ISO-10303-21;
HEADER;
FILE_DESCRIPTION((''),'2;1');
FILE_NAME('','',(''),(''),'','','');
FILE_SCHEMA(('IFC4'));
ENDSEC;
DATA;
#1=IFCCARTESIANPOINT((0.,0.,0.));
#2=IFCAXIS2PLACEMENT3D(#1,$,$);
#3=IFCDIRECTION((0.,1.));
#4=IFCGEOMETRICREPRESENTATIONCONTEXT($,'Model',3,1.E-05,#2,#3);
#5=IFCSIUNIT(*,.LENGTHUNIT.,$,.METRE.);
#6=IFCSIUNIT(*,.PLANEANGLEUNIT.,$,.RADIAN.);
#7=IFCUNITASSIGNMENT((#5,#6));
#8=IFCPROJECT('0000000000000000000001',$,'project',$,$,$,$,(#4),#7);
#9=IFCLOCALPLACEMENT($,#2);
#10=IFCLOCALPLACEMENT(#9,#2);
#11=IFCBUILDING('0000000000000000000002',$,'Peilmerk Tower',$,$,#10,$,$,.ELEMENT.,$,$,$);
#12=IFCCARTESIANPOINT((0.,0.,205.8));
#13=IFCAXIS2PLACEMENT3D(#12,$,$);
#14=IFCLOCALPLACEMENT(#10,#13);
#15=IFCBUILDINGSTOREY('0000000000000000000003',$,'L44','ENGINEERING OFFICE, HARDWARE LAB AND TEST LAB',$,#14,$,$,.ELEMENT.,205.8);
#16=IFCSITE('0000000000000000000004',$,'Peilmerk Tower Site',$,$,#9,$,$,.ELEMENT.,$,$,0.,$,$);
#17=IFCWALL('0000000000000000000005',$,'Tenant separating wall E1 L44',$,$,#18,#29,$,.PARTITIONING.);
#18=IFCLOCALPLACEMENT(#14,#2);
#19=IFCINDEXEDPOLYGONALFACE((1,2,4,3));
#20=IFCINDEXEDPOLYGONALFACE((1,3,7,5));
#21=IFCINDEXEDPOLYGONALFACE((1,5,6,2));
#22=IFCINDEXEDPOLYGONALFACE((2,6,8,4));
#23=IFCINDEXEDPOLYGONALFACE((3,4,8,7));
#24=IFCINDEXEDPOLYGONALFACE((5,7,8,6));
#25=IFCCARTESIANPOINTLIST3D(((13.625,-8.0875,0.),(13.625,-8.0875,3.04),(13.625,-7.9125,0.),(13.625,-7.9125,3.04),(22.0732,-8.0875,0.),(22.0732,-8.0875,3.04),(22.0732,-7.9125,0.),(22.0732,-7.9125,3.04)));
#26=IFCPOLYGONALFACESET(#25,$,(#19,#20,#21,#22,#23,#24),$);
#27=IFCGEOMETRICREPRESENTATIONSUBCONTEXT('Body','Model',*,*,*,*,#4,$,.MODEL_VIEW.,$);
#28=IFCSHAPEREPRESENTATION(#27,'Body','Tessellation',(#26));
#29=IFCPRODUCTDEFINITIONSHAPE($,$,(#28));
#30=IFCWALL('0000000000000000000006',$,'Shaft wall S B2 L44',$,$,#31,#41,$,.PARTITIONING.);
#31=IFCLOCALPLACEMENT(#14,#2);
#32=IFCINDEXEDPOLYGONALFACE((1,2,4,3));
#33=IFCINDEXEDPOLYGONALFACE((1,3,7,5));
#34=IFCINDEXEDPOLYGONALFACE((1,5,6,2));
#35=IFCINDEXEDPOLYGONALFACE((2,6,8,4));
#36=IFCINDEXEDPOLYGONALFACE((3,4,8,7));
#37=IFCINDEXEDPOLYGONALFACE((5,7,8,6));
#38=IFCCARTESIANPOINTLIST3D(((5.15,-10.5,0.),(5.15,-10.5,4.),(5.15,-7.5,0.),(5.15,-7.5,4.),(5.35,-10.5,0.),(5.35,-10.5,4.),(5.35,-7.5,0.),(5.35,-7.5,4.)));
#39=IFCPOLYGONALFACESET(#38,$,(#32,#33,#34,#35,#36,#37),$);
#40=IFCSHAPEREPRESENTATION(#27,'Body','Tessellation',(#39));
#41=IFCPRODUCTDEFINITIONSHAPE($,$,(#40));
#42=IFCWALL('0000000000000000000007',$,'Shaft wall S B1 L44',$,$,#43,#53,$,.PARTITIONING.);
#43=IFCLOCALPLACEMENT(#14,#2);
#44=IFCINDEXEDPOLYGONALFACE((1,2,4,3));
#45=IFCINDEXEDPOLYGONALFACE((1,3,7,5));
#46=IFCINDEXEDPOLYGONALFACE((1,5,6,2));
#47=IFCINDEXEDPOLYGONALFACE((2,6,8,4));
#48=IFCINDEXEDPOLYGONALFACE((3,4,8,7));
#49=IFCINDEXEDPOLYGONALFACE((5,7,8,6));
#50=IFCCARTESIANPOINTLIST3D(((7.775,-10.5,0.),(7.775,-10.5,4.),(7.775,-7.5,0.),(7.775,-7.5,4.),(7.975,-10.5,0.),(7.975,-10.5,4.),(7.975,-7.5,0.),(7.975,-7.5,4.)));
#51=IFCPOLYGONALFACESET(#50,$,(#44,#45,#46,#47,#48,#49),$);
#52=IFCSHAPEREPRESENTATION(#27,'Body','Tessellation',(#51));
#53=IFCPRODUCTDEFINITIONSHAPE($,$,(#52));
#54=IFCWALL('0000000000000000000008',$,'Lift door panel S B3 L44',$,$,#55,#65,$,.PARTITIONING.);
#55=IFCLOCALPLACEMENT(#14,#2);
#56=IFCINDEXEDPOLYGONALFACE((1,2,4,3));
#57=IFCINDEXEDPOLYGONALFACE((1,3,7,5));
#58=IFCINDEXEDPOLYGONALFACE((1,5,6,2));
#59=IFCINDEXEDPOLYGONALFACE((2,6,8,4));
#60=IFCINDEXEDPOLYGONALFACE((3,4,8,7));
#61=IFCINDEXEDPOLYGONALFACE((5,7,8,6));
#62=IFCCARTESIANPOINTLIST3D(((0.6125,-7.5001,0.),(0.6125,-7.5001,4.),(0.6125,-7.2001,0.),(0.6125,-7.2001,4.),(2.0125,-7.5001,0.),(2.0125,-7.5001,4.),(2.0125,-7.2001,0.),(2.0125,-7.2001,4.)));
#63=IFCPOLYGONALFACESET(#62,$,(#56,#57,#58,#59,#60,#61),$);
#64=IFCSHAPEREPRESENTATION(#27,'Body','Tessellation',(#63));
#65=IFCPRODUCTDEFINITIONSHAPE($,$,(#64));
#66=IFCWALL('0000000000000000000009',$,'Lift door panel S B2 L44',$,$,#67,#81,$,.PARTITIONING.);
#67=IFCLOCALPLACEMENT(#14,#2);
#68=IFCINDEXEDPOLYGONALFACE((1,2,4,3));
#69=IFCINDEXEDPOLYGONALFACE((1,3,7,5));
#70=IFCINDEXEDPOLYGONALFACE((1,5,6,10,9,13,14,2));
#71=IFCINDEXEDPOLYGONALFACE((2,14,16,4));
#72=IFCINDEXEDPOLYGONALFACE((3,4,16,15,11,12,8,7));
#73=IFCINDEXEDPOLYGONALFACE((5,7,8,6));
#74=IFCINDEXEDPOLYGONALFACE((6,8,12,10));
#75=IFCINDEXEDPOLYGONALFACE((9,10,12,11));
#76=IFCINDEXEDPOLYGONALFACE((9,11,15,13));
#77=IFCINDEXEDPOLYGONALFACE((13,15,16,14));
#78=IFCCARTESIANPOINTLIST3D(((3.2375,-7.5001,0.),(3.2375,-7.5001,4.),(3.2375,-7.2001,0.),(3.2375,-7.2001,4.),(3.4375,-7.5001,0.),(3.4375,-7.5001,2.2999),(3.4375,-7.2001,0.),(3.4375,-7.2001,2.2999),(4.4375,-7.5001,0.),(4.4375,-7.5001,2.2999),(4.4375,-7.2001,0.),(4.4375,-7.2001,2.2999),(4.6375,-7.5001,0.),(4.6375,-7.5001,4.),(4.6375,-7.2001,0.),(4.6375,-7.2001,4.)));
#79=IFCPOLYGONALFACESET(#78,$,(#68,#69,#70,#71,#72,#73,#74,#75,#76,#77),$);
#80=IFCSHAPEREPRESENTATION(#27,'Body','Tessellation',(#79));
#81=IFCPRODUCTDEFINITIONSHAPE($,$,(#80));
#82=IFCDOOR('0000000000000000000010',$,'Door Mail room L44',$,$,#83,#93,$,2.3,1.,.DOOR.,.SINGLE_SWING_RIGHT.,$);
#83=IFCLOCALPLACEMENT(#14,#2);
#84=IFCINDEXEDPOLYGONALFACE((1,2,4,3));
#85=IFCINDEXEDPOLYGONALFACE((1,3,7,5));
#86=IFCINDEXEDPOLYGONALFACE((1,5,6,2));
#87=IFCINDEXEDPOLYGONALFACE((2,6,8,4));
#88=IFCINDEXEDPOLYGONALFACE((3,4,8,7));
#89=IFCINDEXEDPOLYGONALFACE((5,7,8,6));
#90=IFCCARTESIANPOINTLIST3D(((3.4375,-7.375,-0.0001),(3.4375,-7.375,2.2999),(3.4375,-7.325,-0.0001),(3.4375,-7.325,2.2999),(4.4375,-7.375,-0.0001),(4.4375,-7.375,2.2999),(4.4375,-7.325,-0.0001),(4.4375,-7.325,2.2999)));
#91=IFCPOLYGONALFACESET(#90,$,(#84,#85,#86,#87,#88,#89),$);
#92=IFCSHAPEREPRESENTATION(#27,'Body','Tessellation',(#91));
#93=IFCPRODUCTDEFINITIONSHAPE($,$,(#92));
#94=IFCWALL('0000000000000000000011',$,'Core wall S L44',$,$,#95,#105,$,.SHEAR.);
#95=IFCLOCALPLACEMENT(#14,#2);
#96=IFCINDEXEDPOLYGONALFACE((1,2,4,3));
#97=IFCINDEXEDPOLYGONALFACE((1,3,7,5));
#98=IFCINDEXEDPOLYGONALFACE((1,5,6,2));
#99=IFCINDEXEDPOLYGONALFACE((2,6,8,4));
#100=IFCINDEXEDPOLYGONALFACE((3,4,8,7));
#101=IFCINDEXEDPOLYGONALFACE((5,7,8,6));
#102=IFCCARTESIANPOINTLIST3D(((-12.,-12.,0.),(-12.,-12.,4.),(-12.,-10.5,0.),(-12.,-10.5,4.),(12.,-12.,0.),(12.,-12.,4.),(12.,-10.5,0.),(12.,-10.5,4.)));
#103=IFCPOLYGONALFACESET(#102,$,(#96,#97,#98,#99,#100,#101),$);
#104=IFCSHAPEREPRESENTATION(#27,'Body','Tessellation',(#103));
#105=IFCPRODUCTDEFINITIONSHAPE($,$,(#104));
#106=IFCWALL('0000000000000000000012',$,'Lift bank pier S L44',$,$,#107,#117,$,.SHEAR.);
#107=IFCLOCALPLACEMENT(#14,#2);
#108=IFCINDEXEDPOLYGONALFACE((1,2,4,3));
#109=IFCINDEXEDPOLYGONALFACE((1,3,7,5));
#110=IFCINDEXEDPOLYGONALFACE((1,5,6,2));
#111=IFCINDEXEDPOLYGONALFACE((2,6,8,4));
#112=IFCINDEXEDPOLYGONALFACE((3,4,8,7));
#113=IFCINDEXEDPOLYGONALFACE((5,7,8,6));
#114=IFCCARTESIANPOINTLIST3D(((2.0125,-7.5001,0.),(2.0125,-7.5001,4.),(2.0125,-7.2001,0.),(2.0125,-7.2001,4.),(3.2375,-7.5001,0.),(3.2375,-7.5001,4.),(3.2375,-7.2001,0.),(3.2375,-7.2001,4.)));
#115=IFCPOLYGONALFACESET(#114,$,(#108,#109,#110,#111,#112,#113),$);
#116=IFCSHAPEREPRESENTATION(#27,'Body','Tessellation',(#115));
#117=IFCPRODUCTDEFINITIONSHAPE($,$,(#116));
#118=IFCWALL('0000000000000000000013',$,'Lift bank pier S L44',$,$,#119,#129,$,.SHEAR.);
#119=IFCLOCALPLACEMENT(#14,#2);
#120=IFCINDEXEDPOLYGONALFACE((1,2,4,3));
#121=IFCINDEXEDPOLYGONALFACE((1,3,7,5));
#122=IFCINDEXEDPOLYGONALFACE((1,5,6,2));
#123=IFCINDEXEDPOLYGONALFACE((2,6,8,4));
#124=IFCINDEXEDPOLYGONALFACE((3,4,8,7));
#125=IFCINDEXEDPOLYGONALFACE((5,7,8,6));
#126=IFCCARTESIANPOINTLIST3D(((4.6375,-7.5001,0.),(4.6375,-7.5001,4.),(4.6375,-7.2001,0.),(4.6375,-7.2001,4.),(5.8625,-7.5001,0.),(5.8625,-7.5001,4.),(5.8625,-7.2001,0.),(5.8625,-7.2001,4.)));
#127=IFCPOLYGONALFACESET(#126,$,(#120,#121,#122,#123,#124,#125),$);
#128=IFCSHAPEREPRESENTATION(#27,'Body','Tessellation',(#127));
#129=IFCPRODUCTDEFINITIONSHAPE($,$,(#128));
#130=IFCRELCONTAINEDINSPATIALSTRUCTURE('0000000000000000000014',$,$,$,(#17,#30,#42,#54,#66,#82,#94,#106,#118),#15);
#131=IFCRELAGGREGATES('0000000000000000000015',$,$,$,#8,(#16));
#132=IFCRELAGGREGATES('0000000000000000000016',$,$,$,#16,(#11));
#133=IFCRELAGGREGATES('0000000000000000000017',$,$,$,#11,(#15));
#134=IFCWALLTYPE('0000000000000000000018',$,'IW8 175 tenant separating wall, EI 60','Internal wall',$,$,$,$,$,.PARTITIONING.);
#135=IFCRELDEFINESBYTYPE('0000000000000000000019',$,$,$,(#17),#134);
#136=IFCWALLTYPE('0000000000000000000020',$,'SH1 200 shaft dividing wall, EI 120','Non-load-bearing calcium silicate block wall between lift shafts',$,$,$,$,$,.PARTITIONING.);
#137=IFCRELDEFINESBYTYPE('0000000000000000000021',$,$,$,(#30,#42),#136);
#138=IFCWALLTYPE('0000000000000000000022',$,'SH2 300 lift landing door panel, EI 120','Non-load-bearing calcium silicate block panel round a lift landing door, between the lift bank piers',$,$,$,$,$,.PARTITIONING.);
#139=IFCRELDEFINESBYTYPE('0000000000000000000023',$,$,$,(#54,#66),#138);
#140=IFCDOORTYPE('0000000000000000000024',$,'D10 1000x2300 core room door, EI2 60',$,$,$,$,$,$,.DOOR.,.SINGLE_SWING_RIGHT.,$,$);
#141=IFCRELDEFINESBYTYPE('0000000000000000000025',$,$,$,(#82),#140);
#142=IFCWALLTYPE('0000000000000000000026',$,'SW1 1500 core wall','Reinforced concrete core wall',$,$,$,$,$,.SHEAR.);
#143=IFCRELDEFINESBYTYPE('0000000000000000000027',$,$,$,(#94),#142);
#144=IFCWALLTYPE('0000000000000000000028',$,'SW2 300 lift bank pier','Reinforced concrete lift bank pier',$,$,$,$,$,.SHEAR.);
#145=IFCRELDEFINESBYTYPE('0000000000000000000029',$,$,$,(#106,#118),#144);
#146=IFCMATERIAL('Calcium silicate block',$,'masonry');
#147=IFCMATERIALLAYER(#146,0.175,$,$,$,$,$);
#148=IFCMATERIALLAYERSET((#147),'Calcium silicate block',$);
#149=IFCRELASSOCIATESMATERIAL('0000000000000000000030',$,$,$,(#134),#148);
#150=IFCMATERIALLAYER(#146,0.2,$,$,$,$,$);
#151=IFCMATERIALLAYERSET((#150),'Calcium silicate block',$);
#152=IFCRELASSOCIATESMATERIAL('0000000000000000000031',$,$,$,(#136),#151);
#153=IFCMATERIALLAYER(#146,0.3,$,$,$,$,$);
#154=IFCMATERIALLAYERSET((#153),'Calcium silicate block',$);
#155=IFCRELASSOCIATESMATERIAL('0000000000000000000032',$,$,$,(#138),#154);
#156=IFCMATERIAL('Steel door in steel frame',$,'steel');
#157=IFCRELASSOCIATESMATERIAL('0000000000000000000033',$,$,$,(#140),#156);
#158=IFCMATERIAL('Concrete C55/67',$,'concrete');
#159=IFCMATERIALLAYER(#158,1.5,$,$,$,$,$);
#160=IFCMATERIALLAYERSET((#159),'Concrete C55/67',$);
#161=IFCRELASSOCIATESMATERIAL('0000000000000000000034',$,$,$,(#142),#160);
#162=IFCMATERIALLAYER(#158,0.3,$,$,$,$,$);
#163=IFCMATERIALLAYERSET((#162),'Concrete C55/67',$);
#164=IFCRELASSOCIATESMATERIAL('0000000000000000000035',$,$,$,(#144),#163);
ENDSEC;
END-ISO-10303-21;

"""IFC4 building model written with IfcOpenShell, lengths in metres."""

from ifc_helpers import new_model, si_unit, direction, frame, frame_2d, origin, place, context, subcontext, project, spatial, rectangle, extrude, material, layer, layer_set, type_object, element, fill, save


model = new_model("IFC4")

# Units and contexts
model_context = context("Model", 3, precision=1e-05, world=origin(), true_north=direction((0.0, 1.0)))
body_context = subcontext(model_context, "Body", "Model", "MODEL_VIEW")
ifc_project = project(units=[si_unit("LENGTHUNIT", "METRE"), si_unit("PLANEANGLEUNIT", "RADIAN")], contexts=[model_context])

# Site, building, storey
site_placement = place(None, origin())
site = spatial("IfcSite", under=ifc_project, at=site_placement, Name="Peilmerk Tower Site", CompositionType="ELEMENT", RefElevation=0.0)
building_placement = place(site_placement, origin())
building = spatial("IfcBuilding", under=site, at=building_placement, Name="Peilmerk Tower", CompositionType="ELEMENT")
storey_placement = place(building_placement, frame((0.0, 0.0, 205.8)))
storey = spatial("IfcBuildingStorey", under=building, at=storey_placement, Name="L44", Description="ENGINEERING OFFICE, HARDWARE LAB AND TEST LAB", CompositionType="ELEMENT", Elevation=205.8)

# Shared definitions
ifc_material_1 = material(Name="Calcium silicate block", Category="masonry")

# Walls
ifc_layer_1 = layer(ifc_material_1, 0.175)
ifc_layer_set_1 = layer_set([ifc_layer_1], Name="Calcium silicate block")
wall_type_1 = type_object("IfcWallType", Name="IW8 175 tenant separating wall, EI 60", Description="Internal wall", PredefinedType="PARTITIONING", material=ifc_layer_set_1)
wall_1_placement = place(storey_placement, frame((13.625, -8.0, 0.0), z_axis=(0.0, 0.0, 1.0), x_axis=(1.0, 0.0, 0.0)))
element("IfcWall", 1, at=wall_1_placement, inside=storey, type_object=wall_type_1, Name="Tenant separating wall E1 L44", PredefinedType="PARTITIONING", context=body_context, shape_type="SweptSolid", body=[
    extrude(rectangle(XDim=8.4482, YDim=0.175, at=frame_2d((4.2241, 0.0))), origin(), (0.0, 0.0, 1.0), 3.04),
])
ifc_layer_2 = layer(ifc_material_1, 0.2)
ifc_layer_set_2 = layer_set([ifc_layer_2], Name="Calcium silicate block")
wall_type_2 = type_object("IfcWallType", Name="SH1 200 shaft dividing wall, EI 120", Description="Non-load-bearing calcium silicate block wall between lift shafts", PredefinedType="PARTITIONING", material=ifc_layer_set_2)
for number, where, z_axis, x_axis, name in (
    (2, (5.25, -10.5, 0.0), (0.0, 0.0, 1.0), (0.0, 1.0, 0.0), "Shaft wall S B2 L44"),
    (3, (7.875, -10.5, 0.0), (0.0, 0.0, 1.0), (0.0, 1.0, 0.0), "Shaft wall S B1 L44"),
):
    element("IfcWall", number, at=place(storey_placement, frame(where, z_axis=z_axis, x_axis=x_axis)), inside=storey, type_object=wall_type_2, Name=name, PredefinedType="PARTITIONING", context=body_context, shape_type="SweptSolid", body=[
        extrude(rectangle(XDim=3.0, YDim=0.2, at=frame_2d((1.5, 0.0))), origin(), (0.0, 0.0, 1.0), 4.0),
    ])
ifc_layer_3 = layer(ifc_material_1, 0.3)
ifc_layer_set_3 = layer_set([ifc_layer_3], Name="Calcium silicate block")
wall_type_3 = type_object("IfcWallType", Name="SH2 300 lift landing door panel, EI 120", Description="Non-load-bearing calcium silicate block panel round a lift landing door, between the lift bank piers", PredefinedType="PARTITIONING", material=ifc_layer_set_3)
wall_2_placement = place(storey_placement, frame((0.6125, -7.3501, 0.0), z_axis=(0.0, 0.0, 1.0), x_axis=(1.0, 0.0, 0.0)))
element("IfcWall", 4, at=wall_2_placement, inside=storey, type_object=wall_type_3, Name="Lift door panel S B3 L44", PredefinedType="PARTITIONING", context=body_context, shape_type="SweptSolid", body=[
    extrude(rectangle(XDim=1.3999, YDim=0.3, at=frame_2d((0.7, 0.0))), origin(), (0.0, 0.0, 1.0), 4.0),
])

# Wall, opening, door
wall_3_placement = place(storey_placement, frame((3.2375, -7.3501, 0.0), z_axis=(0.0, 0.0, 1.0), x_axis=(1.0, 0.0, 0.0)))
wall_3 = element("IfcWall", 5, at=wall_3_placement, inside=storey, type_object=wall_type_3, Name="Lift door panel S B2 L44", PredefinedType="PARTITIONING", context=body_context, shape_type="SweptSolid", body=[
    extrude(rectangle(XDim=1.3999, YDim=0.3, at=frame_2d((0.7, 0.0))), origin(), (0.0, 0.0, 1.0), 4.0),
])
opening_1_placement = place(wall_3_placement, frame((0.2, 0.0, 0.0)))
opening_1 = element("IfcOpeningElement", 6, at=opening_1_placement, cuts=wall_3, PredefinedType="OPENING", context=body_context, shape_type="SweptSolid", body=[
    extrude(rectangle(XDim=1.0, YDim=2.3, at=frame_2d((0.5, 1.1499))), frame((0.0, 0.1599, 0.0), z_axis=(0.0, -1.0, 0.0), x_axis=(1.0, 0.0, 0.0)), (0.0, 0.0, 1.0), 0.3201),
])
ifc_material_2 = material(Name="Steel door in steel frame", Category="steel")
door_type_1 = type_object("IfcDoorType", Name="D10 1000x2300 core room door, EI2 60", OperationType="SINGLE_SWING_RIGHT", PredefinedType="DOOR", material=ifc_material_2)
door_1_placement = place(opening_1_placement, frame((1.0, 0.0, 0.0), z_axis=(0.0, 0.0, 1.0), x_axis=(-1.0, 0.0, 0.0)))
door_1 = element("IfcDoor", 7, at=door_1_placement, inside=storey, type_object=door_type_1, Name="Door Mail room L44", OperationType="SINGLE_SWING_RIGHT", OverallHeight=2.3, OverallWidth=1.0, PredefinedType="DOOR", context=body_context, shape_type="SweptSolid", body=[
    extrude(rectangle(XDim=1.0, YDim=2.3, at=frame_2d((0.5, 1.1499))), frame((0.0, 0.0249, 0.0), z_axis=(0.0, -1.0, 0.0), x_axis=(1.0, 0.0, 0.0)), (0.0, 0.0, 1.0), 0.05),
])
fill(opening_1, door_1)

# Walls
ifc_material_3 = material(Name="Concrete C55/67", Category="concrete")
ifc_layer_4 = layer(ifc_material_3, 1.5)
ifc_layer_set_4 = layer_set([ifc_layer_4], Name="Concrete C55/67")
wall_type_4 = type_object("IfcWallType", Name="SW1 1500 core wall", Description="Reinforced concrete core wall", PredefinedType="SHEAR", material=ifc_layer_set_4)
wall_4_placement = place(storey_placement, frame((12.0, -11.25, 0.0), z_axis=(0.0, 0.0, 1.0), x_axis=(-1.0, 0.0, 0.0)))
element("IfcWall", 8, at=wall_4_placement, inside=storey, type_object=wall_type_4, Name="Core wall S L44", PredefinedType="SHEAR", context=body_context, shape_type="SweptSolid", body=[
    extrude(rectangle(XDim=24.0, YDim=1.5, at=frame_2d((12.0, 0.0))), origin(), (0.0, 0.0, 1.0), 4.0),
])
ifc_layer_5 = layer(ifc_material_3, 0.3)
ifc_layer_set_5 = layer_set([ifc_layer_5], Name="Concrete C55/67")
wall_type_5 = type_object("IfcWallType", Name="SW2 300 lift bank pier", Description="Reinforced concrete lift bank pier", PredefinedType="SHEAR", material=ifc_layer_set_5)
for number, where, z_axis, x_axis, name in (
    (9, (2.0125, -7.3501, 0.0), (0.0, 0.0, 1.0), (1.0, 0.0, 0.0), "Lift bank pier S L44"),
    (10, (4.6375, -7.3501, 0.0), (0.0, 0.0, 1.0), (1.0, 0.0, 0.0), "Lift bank pier S L44"),
):
    element("IfcWall", number, at=place(storey_placement, frame(where, z_axis=z_axis, x_axis=x_axis)), inside=storey, type_object=wall_type_5, Name=name, PredefinedType="SHEAR", context=body_context, shape_type="SweptSolid", body=[
        extrude(rectangle(XDim=1.2251, YDim=0.3, at=frame_2d((0.6125, 0.0))), origin(), (0.0, 0.0, 1.0), 4.0),
    ])

save(model, "model.ifc")
